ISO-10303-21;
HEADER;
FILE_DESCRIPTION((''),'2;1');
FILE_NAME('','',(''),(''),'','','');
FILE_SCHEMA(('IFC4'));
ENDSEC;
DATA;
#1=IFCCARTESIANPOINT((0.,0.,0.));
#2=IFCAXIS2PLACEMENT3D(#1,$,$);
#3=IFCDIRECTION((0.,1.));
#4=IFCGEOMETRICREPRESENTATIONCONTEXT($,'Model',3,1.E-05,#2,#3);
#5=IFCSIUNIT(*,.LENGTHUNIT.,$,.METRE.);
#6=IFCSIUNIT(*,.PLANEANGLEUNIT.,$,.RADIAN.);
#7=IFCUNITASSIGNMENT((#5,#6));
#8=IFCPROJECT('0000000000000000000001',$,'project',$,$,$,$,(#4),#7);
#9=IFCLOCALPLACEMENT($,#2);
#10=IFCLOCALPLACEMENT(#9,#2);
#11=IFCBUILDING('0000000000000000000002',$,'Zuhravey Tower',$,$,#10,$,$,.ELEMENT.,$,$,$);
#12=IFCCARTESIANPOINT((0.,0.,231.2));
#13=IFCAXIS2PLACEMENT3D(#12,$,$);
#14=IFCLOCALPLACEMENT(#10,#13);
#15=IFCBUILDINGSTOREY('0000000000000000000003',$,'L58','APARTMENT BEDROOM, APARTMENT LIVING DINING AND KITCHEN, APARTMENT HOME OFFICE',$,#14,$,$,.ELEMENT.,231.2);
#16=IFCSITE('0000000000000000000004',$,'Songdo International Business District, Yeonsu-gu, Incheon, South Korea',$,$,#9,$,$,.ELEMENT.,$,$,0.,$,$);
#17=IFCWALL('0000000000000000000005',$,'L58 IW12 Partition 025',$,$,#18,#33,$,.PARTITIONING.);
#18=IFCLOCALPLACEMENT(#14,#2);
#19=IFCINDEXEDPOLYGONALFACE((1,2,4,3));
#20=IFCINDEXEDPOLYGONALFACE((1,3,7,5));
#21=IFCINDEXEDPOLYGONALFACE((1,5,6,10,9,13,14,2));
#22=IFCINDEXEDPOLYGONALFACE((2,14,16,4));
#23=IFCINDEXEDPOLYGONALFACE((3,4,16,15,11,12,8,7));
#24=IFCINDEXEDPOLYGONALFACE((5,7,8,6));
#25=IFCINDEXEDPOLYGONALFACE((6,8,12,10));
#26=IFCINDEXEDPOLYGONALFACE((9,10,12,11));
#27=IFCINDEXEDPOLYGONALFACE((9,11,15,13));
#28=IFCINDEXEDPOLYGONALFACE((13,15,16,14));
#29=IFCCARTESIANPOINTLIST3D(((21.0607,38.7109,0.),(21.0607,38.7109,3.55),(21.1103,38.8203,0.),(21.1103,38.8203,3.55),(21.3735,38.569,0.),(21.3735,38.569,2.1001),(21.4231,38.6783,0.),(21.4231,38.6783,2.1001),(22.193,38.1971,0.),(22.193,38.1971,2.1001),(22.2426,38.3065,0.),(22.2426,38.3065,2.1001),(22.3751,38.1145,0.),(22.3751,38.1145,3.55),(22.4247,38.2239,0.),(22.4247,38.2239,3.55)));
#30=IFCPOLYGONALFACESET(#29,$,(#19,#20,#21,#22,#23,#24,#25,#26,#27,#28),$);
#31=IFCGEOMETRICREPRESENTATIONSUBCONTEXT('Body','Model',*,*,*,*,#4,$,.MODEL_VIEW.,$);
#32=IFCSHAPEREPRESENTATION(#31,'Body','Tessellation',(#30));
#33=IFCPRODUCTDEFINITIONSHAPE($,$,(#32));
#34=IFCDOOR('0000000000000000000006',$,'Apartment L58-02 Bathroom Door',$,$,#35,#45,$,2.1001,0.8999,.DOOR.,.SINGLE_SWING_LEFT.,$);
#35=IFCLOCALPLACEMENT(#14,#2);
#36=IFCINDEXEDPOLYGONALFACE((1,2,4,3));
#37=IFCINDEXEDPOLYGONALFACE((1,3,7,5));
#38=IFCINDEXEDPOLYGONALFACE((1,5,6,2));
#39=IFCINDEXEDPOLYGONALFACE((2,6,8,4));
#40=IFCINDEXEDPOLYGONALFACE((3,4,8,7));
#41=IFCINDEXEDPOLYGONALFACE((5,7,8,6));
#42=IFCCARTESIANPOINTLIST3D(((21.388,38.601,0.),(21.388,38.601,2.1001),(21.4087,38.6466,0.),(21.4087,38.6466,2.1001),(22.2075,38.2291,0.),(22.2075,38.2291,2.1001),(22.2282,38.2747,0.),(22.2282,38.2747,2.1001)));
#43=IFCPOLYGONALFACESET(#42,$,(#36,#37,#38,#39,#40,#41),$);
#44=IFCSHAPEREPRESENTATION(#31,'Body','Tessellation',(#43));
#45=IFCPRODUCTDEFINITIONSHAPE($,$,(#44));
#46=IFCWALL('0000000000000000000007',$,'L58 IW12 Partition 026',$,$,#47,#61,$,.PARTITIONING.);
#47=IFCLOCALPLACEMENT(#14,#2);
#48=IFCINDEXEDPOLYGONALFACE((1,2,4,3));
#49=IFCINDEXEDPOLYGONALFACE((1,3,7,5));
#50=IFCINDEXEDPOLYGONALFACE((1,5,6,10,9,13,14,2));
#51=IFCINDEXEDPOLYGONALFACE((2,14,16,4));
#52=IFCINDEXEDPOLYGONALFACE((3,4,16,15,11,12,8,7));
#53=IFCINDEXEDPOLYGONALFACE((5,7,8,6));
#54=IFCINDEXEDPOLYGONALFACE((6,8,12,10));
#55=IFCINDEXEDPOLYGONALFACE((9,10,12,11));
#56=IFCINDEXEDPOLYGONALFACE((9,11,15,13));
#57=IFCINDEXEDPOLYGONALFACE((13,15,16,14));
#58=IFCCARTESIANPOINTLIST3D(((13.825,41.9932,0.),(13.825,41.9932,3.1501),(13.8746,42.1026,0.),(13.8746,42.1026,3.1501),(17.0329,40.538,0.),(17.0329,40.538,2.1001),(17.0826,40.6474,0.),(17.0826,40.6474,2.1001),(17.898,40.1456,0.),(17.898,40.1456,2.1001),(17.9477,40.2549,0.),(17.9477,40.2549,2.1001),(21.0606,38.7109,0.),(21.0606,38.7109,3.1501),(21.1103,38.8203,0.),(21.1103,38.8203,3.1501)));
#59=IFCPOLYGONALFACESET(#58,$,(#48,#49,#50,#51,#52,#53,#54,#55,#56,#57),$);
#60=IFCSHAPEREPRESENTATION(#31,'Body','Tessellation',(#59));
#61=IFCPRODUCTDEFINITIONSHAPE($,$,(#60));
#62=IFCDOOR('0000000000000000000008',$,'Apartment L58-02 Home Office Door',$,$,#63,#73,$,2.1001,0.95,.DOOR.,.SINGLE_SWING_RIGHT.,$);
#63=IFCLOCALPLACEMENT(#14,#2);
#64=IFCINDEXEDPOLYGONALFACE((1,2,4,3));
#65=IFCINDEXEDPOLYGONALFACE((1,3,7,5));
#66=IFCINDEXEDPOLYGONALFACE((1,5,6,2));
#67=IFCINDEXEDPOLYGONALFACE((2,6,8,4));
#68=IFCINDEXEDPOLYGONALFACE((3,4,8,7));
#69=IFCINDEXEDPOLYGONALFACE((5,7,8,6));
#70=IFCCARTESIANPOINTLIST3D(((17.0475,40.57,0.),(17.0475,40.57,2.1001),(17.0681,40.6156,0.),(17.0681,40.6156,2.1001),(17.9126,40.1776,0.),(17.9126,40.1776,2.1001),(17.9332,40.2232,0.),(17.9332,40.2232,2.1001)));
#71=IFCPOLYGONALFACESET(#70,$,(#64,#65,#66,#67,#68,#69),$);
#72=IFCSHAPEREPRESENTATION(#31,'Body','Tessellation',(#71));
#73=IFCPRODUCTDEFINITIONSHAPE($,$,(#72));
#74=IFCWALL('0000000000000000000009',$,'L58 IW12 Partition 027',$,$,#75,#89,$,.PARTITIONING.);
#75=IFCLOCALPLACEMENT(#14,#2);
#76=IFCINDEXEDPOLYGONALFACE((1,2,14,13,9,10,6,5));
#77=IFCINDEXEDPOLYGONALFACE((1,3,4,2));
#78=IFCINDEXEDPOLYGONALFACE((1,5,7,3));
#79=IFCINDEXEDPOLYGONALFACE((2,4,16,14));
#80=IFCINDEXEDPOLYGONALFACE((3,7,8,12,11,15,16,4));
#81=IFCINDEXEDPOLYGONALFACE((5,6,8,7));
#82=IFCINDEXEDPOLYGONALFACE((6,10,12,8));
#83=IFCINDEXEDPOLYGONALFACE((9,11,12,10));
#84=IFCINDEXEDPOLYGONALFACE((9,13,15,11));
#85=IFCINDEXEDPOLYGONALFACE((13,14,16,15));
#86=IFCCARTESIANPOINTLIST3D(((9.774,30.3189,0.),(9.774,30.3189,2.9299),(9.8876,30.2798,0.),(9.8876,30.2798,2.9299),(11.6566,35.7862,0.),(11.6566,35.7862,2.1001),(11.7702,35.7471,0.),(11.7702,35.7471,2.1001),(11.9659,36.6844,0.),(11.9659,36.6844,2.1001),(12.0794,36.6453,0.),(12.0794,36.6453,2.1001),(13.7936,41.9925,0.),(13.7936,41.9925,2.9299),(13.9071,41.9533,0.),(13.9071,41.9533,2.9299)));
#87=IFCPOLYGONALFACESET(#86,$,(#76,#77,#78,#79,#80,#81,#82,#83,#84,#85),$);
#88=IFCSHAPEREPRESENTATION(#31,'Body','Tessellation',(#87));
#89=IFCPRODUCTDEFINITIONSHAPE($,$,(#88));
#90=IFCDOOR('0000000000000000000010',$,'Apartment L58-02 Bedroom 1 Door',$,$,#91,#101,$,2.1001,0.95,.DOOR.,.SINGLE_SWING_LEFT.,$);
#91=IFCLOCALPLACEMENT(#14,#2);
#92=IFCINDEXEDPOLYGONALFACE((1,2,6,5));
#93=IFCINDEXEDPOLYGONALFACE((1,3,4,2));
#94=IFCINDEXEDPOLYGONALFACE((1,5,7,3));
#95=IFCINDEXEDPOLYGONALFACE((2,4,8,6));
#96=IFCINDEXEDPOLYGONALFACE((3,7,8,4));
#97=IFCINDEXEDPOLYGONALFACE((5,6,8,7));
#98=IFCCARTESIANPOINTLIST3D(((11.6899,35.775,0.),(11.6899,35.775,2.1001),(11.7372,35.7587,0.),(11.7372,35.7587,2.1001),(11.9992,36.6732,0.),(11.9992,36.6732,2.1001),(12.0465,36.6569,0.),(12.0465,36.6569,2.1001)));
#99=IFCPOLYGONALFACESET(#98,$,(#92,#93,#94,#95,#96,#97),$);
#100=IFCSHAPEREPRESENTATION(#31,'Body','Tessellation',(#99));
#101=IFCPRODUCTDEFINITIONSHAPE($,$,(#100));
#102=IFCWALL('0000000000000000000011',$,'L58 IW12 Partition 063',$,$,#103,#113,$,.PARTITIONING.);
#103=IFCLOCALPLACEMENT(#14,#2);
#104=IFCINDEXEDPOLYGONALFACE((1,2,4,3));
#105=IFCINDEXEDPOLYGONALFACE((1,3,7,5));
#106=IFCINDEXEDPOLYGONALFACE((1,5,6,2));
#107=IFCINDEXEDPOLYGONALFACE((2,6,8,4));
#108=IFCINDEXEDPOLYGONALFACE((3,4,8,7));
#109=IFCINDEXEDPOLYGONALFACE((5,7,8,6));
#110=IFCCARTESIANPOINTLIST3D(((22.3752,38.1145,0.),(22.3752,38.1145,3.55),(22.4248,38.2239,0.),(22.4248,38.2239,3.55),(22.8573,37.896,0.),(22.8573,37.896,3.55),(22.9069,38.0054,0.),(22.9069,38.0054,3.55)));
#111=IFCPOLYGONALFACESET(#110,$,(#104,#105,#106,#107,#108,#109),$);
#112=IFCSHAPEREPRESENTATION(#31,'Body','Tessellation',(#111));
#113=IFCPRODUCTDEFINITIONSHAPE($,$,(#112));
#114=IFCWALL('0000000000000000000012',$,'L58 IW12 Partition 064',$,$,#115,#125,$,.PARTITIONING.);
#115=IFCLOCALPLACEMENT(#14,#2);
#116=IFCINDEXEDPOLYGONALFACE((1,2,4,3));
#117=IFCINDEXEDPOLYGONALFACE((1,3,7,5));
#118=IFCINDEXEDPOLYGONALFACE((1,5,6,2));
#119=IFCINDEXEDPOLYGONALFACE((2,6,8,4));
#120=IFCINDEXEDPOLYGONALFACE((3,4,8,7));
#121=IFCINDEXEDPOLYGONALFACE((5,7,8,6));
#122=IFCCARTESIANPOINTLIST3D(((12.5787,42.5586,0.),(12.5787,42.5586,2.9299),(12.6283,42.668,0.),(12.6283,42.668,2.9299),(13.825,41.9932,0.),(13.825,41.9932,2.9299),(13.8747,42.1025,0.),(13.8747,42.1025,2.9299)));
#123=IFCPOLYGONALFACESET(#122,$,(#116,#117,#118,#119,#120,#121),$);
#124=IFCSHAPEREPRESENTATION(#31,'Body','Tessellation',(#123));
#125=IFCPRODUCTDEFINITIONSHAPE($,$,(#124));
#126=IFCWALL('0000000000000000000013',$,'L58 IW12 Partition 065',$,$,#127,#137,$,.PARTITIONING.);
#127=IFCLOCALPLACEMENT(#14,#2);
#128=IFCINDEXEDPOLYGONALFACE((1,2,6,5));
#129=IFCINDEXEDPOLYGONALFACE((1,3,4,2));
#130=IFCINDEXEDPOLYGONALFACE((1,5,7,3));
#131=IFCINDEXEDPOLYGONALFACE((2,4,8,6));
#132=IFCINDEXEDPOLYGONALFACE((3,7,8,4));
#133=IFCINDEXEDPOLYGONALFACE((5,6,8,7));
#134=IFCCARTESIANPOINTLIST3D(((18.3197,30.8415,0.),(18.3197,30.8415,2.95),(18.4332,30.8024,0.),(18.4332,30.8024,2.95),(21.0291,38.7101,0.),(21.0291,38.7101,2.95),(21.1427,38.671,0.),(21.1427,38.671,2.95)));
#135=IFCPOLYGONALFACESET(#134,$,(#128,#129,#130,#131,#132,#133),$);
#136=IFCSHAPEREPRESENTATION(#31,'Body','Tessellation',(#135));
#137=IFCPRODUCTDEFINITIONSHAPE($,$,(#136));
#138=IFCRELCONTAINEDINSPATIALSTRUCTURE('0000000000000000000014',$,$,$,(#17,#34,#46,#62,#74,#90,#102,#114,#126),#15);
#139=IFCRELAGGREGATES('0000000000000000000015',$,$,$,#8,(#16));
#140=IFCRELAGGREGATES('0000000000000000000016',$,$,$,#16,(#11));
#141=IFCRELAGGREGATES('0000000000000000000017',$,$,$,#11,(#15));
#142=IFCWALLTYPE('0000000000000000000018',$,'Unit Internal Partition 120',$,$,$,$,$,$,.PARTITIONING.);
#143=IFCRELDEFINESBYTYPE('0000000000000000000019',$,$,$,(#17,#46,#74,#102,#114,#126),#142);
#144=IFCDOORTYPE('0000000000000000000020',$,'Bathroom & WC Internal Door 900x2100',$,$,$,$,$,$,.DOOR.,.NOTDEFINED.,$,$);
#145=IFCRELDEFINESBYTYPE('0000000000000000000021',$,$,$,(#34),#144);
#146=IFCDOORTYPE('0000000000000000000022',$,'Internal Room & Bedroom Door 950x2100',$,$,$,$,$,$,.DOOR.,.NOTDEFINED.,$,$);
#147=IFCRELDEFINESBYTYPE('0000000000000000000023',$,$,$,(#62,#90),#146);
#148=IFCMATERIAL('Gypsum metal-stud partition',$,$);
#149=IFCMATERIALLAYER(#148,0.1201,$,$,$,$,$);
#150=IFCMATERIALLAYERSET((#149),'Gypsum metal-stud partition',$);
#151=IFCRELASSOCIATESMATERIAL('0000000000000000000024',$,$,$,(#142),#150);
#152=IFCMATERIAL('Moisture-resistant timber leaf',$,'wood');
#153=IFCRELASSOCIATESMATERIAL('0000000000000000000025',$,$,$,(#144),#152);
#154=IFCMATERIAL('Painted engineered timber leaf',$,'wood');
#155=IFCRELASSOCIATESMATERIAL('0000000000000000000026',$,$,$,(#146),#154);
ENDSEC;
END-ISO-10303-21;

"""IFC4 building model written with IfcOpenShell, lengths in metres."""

from ifc_helpers import new_model, si_unit, direction, frame, frame_2d, origin, place, context, subcontext, project, spatial, rectangle, extrude, material, layer, layer_set, type_object, element, fill, save


model = new_model("IFC4")

# Units and contexts
model_context = context("Model", 3, precision=1e-05, world=origin(), true_north=direction((0.0, 1.0)))
body_context = subcontext(model_context, "Body", "Model", "MODEL_VIEW")
ifc_project = project(units=[si_unit("LENGTHUNIT", "METRE"), si_unit("PLANEANGLEUNIT", "RADIAN")], contexts=[model_context])

# Site, building, storey
site_placement = place(None, origin())
site = spatial("IfcSite", under=ifc_project, at=site_placement, Name="Songdo International Business District, Yeonsu-gu, Incheon, South Korea", CompositionType="ELEMENT", RefElevation=0.0)
building_placement = place(site_placement, origin())
building = spatial("IfcBuilding", under=site, at=building_placement, Name="Zuhravey Tower", CompositionType="ELEMENT")
storey_placement = place(building_placement, frame((0.0, 0.0, 231.2)))
storey = spatial("IfcBuildingStorey", under=building, at=storey_placement, Name="L58", Description="APARTMENT BEDROOM, APARTMENT LIVING DINING AND KITCHEN, APARTMENT HOME OFFICE", CompositionType="ELEMENT", Elevation=231.2)

# Walls, openings, doors
ifc_material_1 = material(Name="Gypsum metal-stud partition")
ifc_layer_1 = layer(ifc_material_1, 0.1201)
ifc_layer_set_1 = layer_set([ifc_layer_1], Name="Gypsum metal-stud partition")
wall_type_1 = type_object("IfcWallType", Name="Unit Internal Partition 120", PredefinedType="PARTITIONING", material=ifc_layer_set_1)
wall_1_placement = place(storey_placement, frame((22.3999, 38.1692, 0.0), z_axis=(0.0, 0.0, 1.0), x_axis=(-0.910639, 0.413204, 0.0)))
wall_1 = element("IfcWall", 1, at=wall_1_placement, inside=storey, type_object=wall_type_1, Name="L58 IW12 Partition 025", PredefinedType="PARTITIONING", context=body_context, shape_type="SweptSolid", body=[
    extrude(rectangle(XDim=1.4434, YDim=0.1201, at=frame_2d((0.7217, 0.0))), origin(), (0.0, 0.0, 1.0), 3.55),
])
opening_1_placement = place(wall_1_placement, frame((0.2, 0.0, 0.0)))
opening_1 = element("IfcOpeningElement", 2, at=opening_1_placement, cuts=wall_1, PredefinedType="OPENING", context=body_context, shape_type="SweptSolid", body=[
    extrude(rectangle(XDim=0.8999, YDim=2.1001, at=frame_2d((0.45, 1.05))), frame((0.0, 0.072, 0.0), z_axis=(0.0, -1.0, 0.0), x_axis=(1.0, 0.0, 0.0)), (0.0, 0.0, 1.0), 0.144),
])
ifc_material_2 = material(Name="Moisture-resistant timber leaf", Category="wood")
door_type_1 = type_object("IfcDoorType", Name="Bathroom & WC Internal Door 900x2100", OperationType="NOTDEFINED", PredefinedType="DOOR", material=ifc_material_2)
door_1_placement = place(opening_1_placement, origin())
door_1 = element("IfcDoor", 3, at=door_1_placement, inside=storey, type_object=door_type_1, Name="Apartment L58-02 Bathroom Door", OperationType="SINGLE_SWING_LEFT", OverallHeight=2.1001, OverallWidth=0.8999, PredefinedType="DOOR", context=body_context, shape_type="SweptSolid", body=[
    extrude(rectangle(XDim=0.8999, YDim=2.1001, at=frame_2d((0.45, 1.05))), frame((0.0, 0.0249, 0.0), z_axis=(0.0, -1.0, 0.0), x_axis=(1.0, 0.0, 0.0)), (0.0, 0.0, 1.0), 0.05),
])
fill(opening_1, door_1)
wall_2_placement = place(storey_placement, frame((21.0854, 38.7656, 0.0), z_axis=(0.0, 0.0, 1.0), x_axis=(-0.910683, 0.413106, 0.0)))
wall_2 = element("IfcWall", 4, at=wall_2_placement, inside=storey, type_object=wall_type_1, Name="L58 IW12 Partition 026", PredefinedType="PARTITIONING", context=body_context, shape_type="SweptSolid", body=[
    extrude(rectangle(XDim=7.9453, YDim=0.1201, at=frame_2d((3.9727, 0.0))), origin(), (0.0, 0.0, 1.0), 3.1501),
])
opening_2_placement = place(wall_2_placement, frame((3.4727, 0.0, 0.0)))
opening_2 = element("IfcOpeningElement", 5, at=opening_2_placement, cuts=wall_2, PredefinedType="OPENING", context=body_context, shape_type="SweptSolid", body=[
    extrude(rectangle(XDim=0.95, YDim=2.1001, at=frame_2d((0.4751, 1.05))), frame((0.0, 0.072, 0.0), z_axis=(0.0, -1.0, 0.0), x_axis=(1.0, 0.0, 0.0)), (0.0, 0.0, 1.0), 0.144),
])
ifc_material_3 = material(Name="Painted engineered timber leaf", Category="wood")
door_type_2 = type_object("IfcDoorType", Name="Internal Room & Bedroom Door 950x2100", OperationType="NOTDEFINED", PredefinedType="DOOR", material=ifc_material_3)
door_2_placement = place(opening_2_placement, origin())
door_2 = element("IfcDoor", 6, at=door_2_placement, inside=storey, type_object=door_type_2, Name="Apartment L58-02 Home Office Door", OperationType="SINGLE_SWING_RIGHT", OverallHeight=2.1001, OverallWidth=0.95, PredefinedType="DOOR", context=body_context, shape_type="SweptSolid", body=[
    extrude(rectangle(XDim=0.95, YDim=2.1001, at=frame_2d((0.4751, 1.05))), frame((0.0, 0.0249, 0.0), z_axis=(0.0, -1.0, 0.0), x_axis=(1.0, 0.0, 0.0)), (0.0, 0.0, 1.0), 0.05),
])
fill(opening_2, door_2)
wall_3_placement = place(storey_placement, frame((13.8503, 41.9729, 0.0), z_axis=(0.0, 0.0, 1.0), x_axis=(-0.325568, -0.945519, 0.0)))
wall_3 = element("IfcWall", 7, at=wall_3_placement, inside=storey, type_object=wall_type_1, Name="L58 IW12 Partition 027", PredefinedType="PARTITIONING", context=body_context, shape_type="SweptSolid", body=[
    extrude(rectangle(XDim=12.3462, YDim=0.1201, at=frame_2d((6.1731, 0.0))), origin(), (0.0, 0.0, 1.0), 2.9299),
])
opening_3_placement = place(wall_3_placement, frame((5.6138, 0.0, 0.0)))
opening_3 = element("IfcOpeningElement", 8, at=opening_3_placement, cuts=wall_3, PredefinedType="OPENING", context=body_context, shape_type="SweptSolid", body=[
    extrude(rectangle(XDim=0.95, YDim=2.1001, at=frame_2d((0.4751, 1.05))), frame((0.0, 0.072, 0.0), z_axis=(0.0, -1.0, 0.0), x_axis=(1.0, 0.0, 0.0)), (0.0, 0.0, 1.0), 0.144),
])
door_3_placement = place(opening_3_placement, frame((0.95, 0.0, 0.0), z_axis=(0.0, 0.0, 1.0), x_axis=(-1.0, 0.0, 0.0)))
door_3 = element("IfcDoor", 9, at=door_3_placement, inside=storey, type_object=door_type_2, Name="Apartment L58-02 Bedroom 1 Door", OperationType="SINGLE_SWING_LEFT", OverallHeight=2.1001, OverallWidth=0.95, PredefinedType="DOOR", context=body_context, shape_type="SweptSolid", body=[
    extrude(rectangle(XDim=0.95, YDim=2.1001, at=frame_2d((0.4751, 1.05))), frame((0.0, 0.0249, 0.0), z_axis=(0.0, -1.0, 0.0), x_axis=(1.0, 0.0, 0.0)), (0.0, 0.0, 1.0), 0.05),
])
fill(opening_3, door_3)

# Walls
wall_4_placement = place(storey_placement, frame((22.8821, 37.9507, 0.0), z_axis=(0.0, 0.0, 1.0), x_axis=(-0.91084, 0.41276, 0.0)))
element("IfcWall", 10, at=wall_4_placement, inside=storey, type_object=wall_type_1, Name="L58 IW12 Partition 063", PredefinedType="PARTITIONING", context=body_context, shape_type="SweptSolid", body=[
    extrude(rectangle(XDim=0.5293, YDim=0.1201, at=frame_2d((0.2646, 0.0))), origin(), (0.0, 0.0, 1.0), 3.55),
])
wall_5_placement = place(storey_placement, frame((13.8499, 42.0479, 0.0), z_axis=(0.0, 0.0, 1.0), x_axis=(-0.910666, 0.413144, 0.0)))
element("IfcWall", 11, at=wall_5_placement, inside=storey, type_object=wall_type_1, Name="L58 IW12 Partition 064", PredefinedType="PARTITIONING", context=body_context, shape_type="SweptSolid", body=[
    extrude(rectangle(XDim=1.3687, YDim=0.1201, at=frame_2d((0.6843, 0.0))), origin(), (0.0, 0.0, 1.0), 2.9299),
])
wall_6_placement = place(storey_placement, frame((21.0859, 38.6907, 0.0), z_axis=(0.0, 0.0, 1.0), x_axis=(-0.325577, -0.945516, 0.0)))
element("IfcWall", 12, at=wall_6_placement, inside=storey, type_object=wall_type_1, Name="L58 IW12 Partition 065", PredefinedType="PARTITIONING", context=body_context, shape_type="SweptSolid", body=[
    extrude(rectangle(XDim=8.322, YDim=0.1201, at=frame_2d((4.1611, 0.0))), origin(), (0.0, 0.0, 1.0), 2.95),
])

save(model, "model.ifc")
